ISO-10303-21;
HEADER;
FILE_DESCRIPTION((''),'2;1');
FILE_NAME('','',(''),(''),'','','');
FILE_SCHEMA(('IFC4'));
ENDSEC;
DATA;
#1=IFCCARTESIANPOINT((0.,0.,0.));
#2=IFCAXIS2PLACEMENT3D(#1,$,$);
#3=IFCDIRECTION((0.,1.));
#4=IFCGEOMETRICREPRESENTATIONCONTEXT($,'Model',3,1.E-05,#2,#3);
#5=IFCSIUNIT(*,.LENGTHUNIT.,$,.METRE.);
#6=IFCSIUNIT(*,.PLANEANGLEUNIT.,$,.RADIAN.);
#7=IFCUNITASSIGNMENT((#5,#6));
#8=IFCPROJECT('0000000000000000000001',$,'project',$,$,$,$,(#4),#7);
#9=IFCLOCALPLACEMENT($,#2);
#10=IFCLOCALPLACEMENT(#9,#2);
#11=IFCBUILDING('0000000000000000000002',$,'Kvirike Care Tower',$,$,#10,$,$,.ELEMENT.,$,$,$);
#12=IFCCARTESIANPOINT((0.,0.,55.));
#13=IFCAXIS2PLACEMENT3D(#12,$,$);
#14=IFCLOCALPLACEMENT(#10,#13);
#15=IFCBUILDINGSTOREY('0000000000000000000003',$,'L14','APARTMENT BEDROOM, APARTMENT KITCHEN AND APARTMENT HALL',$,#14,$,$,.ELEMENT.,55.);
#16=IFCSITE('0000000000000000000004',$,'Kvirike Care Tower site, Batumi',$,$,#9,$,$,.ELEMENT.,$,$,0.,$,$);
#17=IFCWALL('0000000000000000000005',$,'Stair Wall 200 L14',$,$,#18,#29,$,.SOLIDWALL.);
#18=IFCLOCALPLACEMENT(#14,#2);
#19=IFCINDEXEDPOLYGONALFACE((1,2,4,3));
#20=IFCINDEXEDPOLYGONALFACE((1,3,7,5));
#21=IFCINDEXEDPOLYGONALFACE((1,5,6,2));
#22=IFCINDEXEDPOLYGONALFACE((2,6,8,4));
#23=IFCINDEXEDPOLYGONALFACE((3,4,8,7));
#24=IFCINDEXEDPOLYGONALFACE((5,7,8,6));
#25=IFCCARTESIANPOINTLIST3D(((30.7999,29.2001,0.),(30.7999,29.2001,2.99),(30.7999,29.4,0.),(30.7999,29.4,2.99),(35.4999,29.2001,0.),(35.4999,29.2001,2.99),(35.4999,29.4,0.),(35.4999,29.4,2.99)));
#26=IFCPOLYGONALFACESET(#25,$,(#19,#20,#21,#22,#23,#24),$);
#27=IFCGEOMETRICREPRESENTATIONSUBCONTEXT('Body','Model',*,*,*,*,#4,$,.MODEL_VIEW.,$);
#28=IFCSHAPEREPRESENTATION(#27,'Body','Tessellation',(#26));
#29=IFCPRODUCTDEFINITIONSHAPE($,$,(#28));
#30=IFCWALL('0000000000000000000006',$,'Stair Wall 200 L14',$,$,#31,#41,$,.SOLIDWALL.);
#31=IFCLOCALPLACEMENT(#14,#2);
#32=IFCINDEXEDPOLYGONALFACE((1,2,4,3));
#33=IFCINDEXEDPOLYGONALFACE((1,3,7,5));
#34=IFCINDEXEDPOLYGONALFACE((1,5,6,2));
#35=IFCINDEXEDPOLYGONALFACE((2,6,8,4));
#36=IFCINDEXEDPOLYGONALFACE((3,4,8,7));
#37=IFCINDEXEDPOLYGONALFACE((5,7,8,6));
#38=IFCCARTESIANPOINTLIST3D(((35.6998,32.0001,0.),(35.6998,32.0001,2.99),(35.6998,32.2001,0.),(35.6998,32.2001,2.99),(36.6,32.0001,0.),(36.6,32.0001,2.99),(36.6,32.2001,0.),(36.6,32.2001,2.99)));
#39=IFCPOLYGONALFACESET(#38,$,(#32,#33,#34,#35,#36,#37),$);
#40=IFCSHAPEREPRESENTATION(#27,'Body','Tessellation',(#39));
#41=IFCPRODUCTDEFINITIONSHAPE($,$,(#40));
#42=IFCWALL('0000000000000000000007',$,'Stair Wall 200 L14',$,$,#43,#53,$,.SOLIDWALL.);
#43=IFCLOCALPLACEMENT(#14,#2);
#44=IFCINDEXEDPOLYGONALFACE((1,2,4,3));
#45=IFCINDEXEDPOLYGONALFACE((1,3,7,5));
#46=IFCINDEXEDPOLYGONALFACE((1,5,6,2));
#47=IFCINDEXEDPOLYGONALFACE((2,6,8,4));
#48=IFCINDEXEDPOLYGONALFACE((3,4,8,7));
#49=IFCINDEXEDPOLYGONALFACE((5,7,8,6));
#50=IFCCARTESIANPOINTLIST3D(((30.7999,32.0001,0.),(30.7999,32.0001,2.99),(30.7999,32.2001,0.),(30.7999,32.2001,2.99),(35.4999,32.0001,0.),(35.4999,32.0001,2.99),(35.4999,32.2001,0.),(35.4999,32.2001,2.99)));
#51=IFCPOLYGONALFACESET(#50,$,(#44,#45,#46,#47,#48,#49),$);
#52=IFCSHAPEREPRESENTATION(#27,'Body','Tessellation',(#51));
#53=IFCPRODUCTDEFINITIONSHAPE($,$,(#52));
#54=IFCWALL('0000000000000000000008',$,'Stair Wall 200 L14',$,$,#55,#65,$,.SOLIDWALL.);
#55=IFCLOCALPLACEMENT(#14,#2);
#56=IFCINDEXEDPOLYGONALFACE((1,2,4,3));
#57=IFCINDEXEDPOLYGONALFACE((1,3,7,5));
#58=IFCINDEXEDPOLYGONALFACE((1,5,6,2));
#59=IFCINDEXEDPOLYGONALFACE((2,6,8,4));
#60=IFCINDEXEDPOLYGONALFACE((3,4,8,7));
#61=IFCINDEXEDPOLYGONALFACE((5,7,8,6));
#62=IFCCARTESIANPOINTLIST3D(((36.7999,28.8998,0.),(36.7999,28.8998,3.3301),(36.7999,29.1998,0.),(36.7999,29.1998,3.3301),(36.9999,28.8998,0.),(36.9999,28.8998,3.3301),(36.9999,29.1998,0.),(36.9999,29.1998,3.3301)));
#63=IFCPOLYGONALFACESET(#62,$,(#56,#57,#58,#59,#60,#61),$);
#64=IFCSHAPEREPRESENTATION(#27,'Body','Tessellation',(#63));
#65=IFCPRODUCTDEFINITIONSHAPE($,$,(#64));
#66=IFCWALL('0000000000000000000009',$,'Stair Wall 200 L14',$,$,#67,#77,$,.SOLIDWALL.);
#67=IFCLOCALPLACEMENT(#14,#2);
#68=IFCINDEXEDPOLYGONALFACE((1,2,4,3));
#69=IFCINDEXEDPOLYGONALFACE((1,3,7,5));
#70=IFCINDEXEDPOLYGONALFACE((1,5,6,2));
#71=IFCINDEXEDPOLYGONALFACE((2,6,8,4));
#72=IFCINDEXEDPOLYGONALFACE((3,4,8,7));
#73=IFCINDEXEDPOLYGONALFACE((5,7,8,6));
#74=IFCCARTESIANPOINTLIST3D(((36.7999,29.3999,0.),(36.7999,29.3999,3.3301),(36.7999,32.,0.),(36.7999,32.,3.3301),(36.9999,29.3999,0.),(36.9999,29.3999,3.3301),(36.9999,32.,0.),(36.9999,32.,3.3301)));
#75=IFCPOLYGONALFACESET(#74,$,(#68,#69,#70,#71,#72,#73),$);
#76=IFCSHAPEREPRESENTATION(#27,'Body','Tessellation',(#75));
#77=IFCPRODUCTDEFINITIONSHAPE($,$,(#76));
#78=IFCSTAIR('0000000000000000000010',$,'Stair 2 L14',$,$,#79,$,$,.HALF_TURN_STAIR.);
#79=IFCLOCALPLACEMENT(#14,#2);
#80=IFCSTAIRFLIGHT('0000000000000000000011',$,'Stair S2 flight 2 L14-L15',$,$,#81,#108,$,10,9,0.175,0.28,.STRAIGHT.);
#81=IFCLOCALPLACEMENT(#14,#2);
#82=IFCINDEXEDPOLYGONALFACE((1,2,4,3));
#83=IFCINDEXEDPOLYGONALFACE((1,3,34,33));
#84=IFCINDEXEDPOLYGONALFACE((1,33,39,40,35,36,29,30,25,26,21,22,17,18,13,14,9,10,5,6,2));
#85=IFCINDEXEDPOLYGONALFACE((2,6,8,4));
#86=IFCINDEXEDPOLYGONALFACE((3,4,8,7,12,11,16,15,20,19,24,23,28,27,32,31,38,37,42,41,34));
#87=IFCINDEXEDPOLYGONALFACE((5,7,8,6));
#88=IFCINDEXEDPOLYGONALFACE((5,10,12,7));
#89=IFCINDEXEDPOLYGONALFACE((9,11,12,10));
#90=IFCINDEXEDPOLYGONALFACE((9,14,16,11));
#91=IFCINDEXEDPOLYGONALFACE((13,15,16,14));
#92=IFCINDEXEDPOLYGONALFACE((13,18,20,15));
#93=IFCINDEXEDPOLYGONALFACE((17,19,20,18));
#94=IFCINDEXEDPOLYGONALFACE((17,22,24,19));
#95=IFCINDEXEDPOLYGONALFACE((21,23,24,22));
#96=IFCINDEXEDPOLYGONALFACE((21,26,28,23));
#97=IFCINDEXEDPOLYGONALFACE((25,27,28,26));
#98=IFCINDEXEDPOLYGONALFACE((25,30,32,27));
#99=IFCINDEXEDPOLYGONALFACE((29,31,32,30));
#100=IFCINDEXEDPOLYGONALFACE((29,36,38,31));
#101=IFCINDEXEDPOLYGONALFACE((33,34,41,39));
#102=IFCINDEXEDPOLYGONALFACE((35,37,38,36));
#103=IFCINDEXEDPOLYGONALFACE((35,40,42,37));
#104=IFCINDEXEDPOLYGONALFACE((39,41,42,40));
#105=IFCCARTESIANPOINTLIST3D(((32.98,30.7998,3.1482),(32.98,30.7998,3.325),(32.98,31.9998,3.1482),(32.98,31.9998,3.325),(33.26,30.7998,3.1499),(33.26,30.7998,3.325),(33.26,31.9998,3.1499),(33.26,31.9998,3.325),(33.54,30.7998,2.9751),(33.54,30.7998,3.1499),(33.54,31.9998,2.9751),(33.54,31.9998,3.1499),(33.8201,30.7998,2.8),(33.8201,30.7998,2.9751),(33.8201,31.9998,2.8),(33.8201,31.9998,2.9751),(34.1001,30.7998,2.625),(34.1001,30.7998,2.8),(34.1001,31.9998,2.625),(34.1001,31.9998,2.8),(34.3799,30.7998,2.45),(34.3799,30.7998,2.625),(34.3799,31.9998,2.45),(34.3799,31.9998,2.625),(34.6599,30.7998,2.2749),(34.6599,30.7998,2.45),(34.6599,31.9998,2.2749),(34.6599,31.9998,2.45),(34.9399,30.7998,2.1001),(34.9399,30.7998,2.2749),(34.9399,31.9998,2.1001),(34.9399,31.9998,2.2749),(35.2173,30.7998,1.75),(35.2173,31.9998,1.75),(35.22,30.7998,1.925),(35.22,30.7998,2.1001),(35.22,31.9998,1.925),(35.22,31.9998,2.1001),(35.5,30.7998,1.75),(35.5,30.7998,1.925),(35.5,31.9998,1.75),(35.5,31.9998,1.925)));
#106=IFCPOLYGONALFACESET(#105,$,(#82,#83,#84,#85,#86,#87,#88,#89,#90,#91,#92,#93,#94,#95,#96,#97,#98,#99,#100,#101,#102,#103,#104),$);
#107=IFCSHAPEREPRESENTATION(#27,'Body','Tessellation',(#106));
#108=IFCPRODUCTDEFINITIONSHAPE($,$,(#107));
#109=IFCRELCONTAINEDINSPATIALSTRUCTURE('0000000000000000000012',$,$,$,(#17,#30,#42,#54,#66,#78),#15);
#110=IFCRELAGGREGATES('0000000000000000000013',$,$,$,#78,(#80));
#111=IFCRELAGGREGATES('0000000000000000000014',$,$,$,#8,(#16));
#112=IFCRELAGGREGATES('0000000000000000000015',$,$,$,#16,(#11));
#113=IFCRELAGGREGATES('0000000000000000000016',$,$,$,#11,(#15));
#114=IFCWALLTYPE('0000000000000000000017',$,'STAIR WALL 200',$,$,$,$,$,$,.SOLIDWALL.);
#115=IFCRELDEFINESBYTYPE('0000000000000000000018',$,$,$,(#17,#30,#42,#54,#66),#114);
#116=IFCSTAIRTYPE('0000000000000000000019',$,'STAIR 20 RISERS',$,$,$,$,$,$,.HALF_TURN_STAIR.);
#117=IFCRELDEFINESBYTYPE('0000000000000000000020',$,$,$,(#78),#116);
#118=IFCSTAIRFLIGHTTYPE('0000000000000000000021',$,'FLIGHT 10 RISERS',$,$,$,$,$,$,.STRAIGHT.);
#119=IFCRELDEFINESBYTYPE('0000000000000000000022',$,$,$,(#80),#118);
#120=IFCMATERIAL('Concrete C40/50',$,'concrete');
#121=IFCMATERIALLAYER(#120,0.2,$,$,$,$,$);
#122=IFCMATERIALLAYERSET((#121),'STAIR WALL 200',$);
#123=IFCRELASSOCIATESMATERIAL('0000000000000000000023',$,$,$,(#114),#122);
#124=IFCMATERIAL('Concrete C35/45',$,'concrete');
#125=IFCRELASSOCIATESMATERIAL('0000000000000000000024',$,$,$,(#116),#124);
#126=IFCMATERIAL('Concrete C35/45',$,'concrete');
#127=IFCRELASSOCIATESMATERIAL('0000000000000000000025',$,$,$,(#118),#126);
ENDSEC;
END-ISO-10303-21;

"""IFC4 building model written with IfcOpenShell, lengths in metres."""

from ifc_helpers import new_model, si_unit, direction, frame, frame_2d, origin, place, context, subcontext, project, spatial, polyline, rectangle, outline, extrude, material, layer, layer_set, type_object, element, aggregate, save


model = new_model("IFC4")

# Units and contexts
model_context = context("Model", 3, precision=1e-05, world=origin(), true_north=direction((0.0, 1.0)))
body_context = subcontext(model_context, "Body", "Model", "MODEL_VIEW")
ifc_project = project(units=[si_unit("LENGTHUNIT", "METRE"), si_unit("PLANEANGLEUNIT", "RADIAN")], contexts=[model_context])

# Site, building, storey
site_placement = place(None, origin())
site = spatial("IfcSite", under=ifc_project, at=site_placement, Name="Kvirike Care Tower site, Batumi", CompositionType="ELEMENT", RefElevation=0.0)
building_placement = place(site_placement, origin())
building = spatial("IfcBuilding", under=site, at=building_placement, Name="Kvirike Care Tower", CompositionType="ELEMENT")
storey_placement = place(building_placement, frame((0.0, 0.0, 55.0)))
storey = spatial("IfcBuildingStorey", under=building, at=storey_placement, Name="L14", Description="APARTMENT BEDROOM, APARTMENT KITCHEN AND APARTMENT HALL", CompositionType="ELEMENT", Elevation=55.0)

# Walls
ifc_material_1 = material(Name="Concrete C40/50", Category="concrete")
ifc_layer_1 = layer(ifc_material_1, 0.2)
ifc_layer_set_1 = layer_set([ifc_layer_1], Name="STAIR WALL 200")
wall_type_1 = type_object("IfcWallType", Name="STAIR WALL 200", PredefinedType="SOLIDWALL", material=ifc_layer_set_1)
wall_1_placement = place(storey_placement, frame((35.5, 29.3, 0.0), z_axis=(0.0, 0.0, 1.0), x_axis=(-1.0, 0.0, 0.0)))
element("IfcWall", 1, at=wall_1_placement, inside=storey, type_object=wall_type_1, Name="Stair Wall 200 L14", PredefinedType="SOLIDWALL", context=body_context, shape_type="SweptSolid", body=[
    extrude(rectangle(XDim=4.7, YDim=0.2, at=frame_2d((2.3501, 0.0))), origin(), (0.0, 0.0, 1.0), 2.99),
])
wall_2_placement = place(storey_placement, frame((36.6001, 32.1001, 0.0), z_axis=(0.0, 0.0, 1.0), x_axis=(-1.0, 0.0, 0.0)))
element("IfcWall", 2, at=wall_2_placement, inside=storey, type_object=wall_type_1, Name="Stair Wall 200 L14", PredefinedType="SOLIDWALL", context=body_context, shape_type="SweptSolid", body=[
    extrude(rectangle(XDim=0.9001, YDim=0.2, at=frame_2d((0.4502, 0.0))), origin(), (0.0, 0.0, 1.0), 2.99),
])
wall_3_placement = place(storey_placement, frame((35.5, 32.1001, 0.0), z_axis=(0.0, 0.0, 1.0), x_axis=(-1.0, 0.0, 0.0)))
element("IfcWall", 3, at=wall_3_placement, inside=storey, type_object=wall_type_1, Name="Stair Wall 200 L14", PredefinedType="SOLIDWALL", context=body_context, shape_type="SweptSolid", body=[
    extrude(rectangle(XDim=4.7, YDim=0.2, at=frame_2d((2.3501, 0.0))), origin(), (0.0, 0.0, 1.0), 2.99),
])
wall_4_placement = place(storey_placement, frame((36.8999, 28.8999, 0.0), z_axis=(0.0, 0.0, 1.0), x_axis=(0.0, 1.0, 0.0)))
element("IfcWall", 4, at=wall_4_placement, inside=storey, type_object=wall_type_1, Name="Stair Wall 200 L14", PredefinedType="SOLIDWALL", context=body_context, shape_type="SweptSolid", body=[
    extrude(rectangle(XDim=0.3, YDim=0.2, at=frame_2d((0.1499, 0.0))), origin(), (0.0, 0.0, 1.0), 3.3301),
])
wall_5_placement = place(storey_placement, frame((36.8999, 29.3999, 0.0), z_axis=(0.0, 0.0, 1.0), x_axis=(0.0, 1.0, 0.0)))
element("IfcWall", 5, at=wall_5_placement, inside=storey, type_object=wall_type_1, Name="Stair Wall 200 L14", PredefinedType="SOLIDWALL", context=body_context, shape_type="SweptSolid", body=[
    extrude(rectangle(XDim=2.6001, YDim=0.2, at=frame_2d((1.3, 0.0))), origin(), (0.0, 0.0, 1.0), 3.3301),
])

# Stair, stair flight
ifc_material_2 = material(Name="Concrete C35/45", Category="concrete")
stair_type = type_object("IfcStairType", Name="STAIR 20 RISERS", PredefinedType="HALF_TURN_STAIR", material=ifc_material_2)
stair_placement = place(storey_placement, origin())
stair = element("IfcStair", 6, at=stair_placement, inside=storey, type_object=stair_type, Name="Stair 2 L14", PredefinedType="HALF_TURN_STAIR")
ifc_material_3 = material(Name="Concrete C35/45", Category="concrete")
stair_flight_type = type_object("IfcStairFlightType", Name="FLIGHT 10 RISERS", PredefinedType="STRAIGHT", material=ifc_material_3)
stair_flight_placement = place(storey_placement, frame((35.5, 31.3999, 1.75), z_axis=(0.0, 0.0, 1.0), x_axis=(-1.0, 0.0, 0.0)))
stair_flight = element("IfcStairFlight", 7, at=stair_flight_placement, type_object=stair_flight_type, Name="Stair S2 flight 2 L14-L15", NumberOfRisers=10, NumberOfTreads=9, PredefinedType="STRAIGHT", RiserHeight=0.175, TreadLength=0.28, context=body_context, shape_type="SweptSolid", body=[
    extrude(outline(polyline([(0.0, 0.0), (0.0, 0.175), (0.28, 0.175), (0.28, 0.3501), (0.5601, 0.3501), (0.5601, 0.5249), (0.8401, 0.5249), (0.8401, 0.7), (1.1201, 0.7), (1.1201, 0.875), (1.3999, 0.875), (1.3999, 1.05), (1.6799, 1.05), (1.6799, 1.2251), (1.96, 1.2251), (1.96, 1.3999), (2.24, 1.3999), (2.24, 1.575), (2.52, 1.575), (2.52, 1.75), (2.52, 1.3982), (0.2827, 0.0), (0.0, 0.0)])), frame((0.0, 0.6001, 0.0), z_axis=(0.0, -1.0, 0.0), x_axis=(1.0, 0.0, 0.0)), (0.0, 0.0, 1.0), 1.2),
])
aggregate(stair, [stair_flight])

save(model, "model.ifc")
